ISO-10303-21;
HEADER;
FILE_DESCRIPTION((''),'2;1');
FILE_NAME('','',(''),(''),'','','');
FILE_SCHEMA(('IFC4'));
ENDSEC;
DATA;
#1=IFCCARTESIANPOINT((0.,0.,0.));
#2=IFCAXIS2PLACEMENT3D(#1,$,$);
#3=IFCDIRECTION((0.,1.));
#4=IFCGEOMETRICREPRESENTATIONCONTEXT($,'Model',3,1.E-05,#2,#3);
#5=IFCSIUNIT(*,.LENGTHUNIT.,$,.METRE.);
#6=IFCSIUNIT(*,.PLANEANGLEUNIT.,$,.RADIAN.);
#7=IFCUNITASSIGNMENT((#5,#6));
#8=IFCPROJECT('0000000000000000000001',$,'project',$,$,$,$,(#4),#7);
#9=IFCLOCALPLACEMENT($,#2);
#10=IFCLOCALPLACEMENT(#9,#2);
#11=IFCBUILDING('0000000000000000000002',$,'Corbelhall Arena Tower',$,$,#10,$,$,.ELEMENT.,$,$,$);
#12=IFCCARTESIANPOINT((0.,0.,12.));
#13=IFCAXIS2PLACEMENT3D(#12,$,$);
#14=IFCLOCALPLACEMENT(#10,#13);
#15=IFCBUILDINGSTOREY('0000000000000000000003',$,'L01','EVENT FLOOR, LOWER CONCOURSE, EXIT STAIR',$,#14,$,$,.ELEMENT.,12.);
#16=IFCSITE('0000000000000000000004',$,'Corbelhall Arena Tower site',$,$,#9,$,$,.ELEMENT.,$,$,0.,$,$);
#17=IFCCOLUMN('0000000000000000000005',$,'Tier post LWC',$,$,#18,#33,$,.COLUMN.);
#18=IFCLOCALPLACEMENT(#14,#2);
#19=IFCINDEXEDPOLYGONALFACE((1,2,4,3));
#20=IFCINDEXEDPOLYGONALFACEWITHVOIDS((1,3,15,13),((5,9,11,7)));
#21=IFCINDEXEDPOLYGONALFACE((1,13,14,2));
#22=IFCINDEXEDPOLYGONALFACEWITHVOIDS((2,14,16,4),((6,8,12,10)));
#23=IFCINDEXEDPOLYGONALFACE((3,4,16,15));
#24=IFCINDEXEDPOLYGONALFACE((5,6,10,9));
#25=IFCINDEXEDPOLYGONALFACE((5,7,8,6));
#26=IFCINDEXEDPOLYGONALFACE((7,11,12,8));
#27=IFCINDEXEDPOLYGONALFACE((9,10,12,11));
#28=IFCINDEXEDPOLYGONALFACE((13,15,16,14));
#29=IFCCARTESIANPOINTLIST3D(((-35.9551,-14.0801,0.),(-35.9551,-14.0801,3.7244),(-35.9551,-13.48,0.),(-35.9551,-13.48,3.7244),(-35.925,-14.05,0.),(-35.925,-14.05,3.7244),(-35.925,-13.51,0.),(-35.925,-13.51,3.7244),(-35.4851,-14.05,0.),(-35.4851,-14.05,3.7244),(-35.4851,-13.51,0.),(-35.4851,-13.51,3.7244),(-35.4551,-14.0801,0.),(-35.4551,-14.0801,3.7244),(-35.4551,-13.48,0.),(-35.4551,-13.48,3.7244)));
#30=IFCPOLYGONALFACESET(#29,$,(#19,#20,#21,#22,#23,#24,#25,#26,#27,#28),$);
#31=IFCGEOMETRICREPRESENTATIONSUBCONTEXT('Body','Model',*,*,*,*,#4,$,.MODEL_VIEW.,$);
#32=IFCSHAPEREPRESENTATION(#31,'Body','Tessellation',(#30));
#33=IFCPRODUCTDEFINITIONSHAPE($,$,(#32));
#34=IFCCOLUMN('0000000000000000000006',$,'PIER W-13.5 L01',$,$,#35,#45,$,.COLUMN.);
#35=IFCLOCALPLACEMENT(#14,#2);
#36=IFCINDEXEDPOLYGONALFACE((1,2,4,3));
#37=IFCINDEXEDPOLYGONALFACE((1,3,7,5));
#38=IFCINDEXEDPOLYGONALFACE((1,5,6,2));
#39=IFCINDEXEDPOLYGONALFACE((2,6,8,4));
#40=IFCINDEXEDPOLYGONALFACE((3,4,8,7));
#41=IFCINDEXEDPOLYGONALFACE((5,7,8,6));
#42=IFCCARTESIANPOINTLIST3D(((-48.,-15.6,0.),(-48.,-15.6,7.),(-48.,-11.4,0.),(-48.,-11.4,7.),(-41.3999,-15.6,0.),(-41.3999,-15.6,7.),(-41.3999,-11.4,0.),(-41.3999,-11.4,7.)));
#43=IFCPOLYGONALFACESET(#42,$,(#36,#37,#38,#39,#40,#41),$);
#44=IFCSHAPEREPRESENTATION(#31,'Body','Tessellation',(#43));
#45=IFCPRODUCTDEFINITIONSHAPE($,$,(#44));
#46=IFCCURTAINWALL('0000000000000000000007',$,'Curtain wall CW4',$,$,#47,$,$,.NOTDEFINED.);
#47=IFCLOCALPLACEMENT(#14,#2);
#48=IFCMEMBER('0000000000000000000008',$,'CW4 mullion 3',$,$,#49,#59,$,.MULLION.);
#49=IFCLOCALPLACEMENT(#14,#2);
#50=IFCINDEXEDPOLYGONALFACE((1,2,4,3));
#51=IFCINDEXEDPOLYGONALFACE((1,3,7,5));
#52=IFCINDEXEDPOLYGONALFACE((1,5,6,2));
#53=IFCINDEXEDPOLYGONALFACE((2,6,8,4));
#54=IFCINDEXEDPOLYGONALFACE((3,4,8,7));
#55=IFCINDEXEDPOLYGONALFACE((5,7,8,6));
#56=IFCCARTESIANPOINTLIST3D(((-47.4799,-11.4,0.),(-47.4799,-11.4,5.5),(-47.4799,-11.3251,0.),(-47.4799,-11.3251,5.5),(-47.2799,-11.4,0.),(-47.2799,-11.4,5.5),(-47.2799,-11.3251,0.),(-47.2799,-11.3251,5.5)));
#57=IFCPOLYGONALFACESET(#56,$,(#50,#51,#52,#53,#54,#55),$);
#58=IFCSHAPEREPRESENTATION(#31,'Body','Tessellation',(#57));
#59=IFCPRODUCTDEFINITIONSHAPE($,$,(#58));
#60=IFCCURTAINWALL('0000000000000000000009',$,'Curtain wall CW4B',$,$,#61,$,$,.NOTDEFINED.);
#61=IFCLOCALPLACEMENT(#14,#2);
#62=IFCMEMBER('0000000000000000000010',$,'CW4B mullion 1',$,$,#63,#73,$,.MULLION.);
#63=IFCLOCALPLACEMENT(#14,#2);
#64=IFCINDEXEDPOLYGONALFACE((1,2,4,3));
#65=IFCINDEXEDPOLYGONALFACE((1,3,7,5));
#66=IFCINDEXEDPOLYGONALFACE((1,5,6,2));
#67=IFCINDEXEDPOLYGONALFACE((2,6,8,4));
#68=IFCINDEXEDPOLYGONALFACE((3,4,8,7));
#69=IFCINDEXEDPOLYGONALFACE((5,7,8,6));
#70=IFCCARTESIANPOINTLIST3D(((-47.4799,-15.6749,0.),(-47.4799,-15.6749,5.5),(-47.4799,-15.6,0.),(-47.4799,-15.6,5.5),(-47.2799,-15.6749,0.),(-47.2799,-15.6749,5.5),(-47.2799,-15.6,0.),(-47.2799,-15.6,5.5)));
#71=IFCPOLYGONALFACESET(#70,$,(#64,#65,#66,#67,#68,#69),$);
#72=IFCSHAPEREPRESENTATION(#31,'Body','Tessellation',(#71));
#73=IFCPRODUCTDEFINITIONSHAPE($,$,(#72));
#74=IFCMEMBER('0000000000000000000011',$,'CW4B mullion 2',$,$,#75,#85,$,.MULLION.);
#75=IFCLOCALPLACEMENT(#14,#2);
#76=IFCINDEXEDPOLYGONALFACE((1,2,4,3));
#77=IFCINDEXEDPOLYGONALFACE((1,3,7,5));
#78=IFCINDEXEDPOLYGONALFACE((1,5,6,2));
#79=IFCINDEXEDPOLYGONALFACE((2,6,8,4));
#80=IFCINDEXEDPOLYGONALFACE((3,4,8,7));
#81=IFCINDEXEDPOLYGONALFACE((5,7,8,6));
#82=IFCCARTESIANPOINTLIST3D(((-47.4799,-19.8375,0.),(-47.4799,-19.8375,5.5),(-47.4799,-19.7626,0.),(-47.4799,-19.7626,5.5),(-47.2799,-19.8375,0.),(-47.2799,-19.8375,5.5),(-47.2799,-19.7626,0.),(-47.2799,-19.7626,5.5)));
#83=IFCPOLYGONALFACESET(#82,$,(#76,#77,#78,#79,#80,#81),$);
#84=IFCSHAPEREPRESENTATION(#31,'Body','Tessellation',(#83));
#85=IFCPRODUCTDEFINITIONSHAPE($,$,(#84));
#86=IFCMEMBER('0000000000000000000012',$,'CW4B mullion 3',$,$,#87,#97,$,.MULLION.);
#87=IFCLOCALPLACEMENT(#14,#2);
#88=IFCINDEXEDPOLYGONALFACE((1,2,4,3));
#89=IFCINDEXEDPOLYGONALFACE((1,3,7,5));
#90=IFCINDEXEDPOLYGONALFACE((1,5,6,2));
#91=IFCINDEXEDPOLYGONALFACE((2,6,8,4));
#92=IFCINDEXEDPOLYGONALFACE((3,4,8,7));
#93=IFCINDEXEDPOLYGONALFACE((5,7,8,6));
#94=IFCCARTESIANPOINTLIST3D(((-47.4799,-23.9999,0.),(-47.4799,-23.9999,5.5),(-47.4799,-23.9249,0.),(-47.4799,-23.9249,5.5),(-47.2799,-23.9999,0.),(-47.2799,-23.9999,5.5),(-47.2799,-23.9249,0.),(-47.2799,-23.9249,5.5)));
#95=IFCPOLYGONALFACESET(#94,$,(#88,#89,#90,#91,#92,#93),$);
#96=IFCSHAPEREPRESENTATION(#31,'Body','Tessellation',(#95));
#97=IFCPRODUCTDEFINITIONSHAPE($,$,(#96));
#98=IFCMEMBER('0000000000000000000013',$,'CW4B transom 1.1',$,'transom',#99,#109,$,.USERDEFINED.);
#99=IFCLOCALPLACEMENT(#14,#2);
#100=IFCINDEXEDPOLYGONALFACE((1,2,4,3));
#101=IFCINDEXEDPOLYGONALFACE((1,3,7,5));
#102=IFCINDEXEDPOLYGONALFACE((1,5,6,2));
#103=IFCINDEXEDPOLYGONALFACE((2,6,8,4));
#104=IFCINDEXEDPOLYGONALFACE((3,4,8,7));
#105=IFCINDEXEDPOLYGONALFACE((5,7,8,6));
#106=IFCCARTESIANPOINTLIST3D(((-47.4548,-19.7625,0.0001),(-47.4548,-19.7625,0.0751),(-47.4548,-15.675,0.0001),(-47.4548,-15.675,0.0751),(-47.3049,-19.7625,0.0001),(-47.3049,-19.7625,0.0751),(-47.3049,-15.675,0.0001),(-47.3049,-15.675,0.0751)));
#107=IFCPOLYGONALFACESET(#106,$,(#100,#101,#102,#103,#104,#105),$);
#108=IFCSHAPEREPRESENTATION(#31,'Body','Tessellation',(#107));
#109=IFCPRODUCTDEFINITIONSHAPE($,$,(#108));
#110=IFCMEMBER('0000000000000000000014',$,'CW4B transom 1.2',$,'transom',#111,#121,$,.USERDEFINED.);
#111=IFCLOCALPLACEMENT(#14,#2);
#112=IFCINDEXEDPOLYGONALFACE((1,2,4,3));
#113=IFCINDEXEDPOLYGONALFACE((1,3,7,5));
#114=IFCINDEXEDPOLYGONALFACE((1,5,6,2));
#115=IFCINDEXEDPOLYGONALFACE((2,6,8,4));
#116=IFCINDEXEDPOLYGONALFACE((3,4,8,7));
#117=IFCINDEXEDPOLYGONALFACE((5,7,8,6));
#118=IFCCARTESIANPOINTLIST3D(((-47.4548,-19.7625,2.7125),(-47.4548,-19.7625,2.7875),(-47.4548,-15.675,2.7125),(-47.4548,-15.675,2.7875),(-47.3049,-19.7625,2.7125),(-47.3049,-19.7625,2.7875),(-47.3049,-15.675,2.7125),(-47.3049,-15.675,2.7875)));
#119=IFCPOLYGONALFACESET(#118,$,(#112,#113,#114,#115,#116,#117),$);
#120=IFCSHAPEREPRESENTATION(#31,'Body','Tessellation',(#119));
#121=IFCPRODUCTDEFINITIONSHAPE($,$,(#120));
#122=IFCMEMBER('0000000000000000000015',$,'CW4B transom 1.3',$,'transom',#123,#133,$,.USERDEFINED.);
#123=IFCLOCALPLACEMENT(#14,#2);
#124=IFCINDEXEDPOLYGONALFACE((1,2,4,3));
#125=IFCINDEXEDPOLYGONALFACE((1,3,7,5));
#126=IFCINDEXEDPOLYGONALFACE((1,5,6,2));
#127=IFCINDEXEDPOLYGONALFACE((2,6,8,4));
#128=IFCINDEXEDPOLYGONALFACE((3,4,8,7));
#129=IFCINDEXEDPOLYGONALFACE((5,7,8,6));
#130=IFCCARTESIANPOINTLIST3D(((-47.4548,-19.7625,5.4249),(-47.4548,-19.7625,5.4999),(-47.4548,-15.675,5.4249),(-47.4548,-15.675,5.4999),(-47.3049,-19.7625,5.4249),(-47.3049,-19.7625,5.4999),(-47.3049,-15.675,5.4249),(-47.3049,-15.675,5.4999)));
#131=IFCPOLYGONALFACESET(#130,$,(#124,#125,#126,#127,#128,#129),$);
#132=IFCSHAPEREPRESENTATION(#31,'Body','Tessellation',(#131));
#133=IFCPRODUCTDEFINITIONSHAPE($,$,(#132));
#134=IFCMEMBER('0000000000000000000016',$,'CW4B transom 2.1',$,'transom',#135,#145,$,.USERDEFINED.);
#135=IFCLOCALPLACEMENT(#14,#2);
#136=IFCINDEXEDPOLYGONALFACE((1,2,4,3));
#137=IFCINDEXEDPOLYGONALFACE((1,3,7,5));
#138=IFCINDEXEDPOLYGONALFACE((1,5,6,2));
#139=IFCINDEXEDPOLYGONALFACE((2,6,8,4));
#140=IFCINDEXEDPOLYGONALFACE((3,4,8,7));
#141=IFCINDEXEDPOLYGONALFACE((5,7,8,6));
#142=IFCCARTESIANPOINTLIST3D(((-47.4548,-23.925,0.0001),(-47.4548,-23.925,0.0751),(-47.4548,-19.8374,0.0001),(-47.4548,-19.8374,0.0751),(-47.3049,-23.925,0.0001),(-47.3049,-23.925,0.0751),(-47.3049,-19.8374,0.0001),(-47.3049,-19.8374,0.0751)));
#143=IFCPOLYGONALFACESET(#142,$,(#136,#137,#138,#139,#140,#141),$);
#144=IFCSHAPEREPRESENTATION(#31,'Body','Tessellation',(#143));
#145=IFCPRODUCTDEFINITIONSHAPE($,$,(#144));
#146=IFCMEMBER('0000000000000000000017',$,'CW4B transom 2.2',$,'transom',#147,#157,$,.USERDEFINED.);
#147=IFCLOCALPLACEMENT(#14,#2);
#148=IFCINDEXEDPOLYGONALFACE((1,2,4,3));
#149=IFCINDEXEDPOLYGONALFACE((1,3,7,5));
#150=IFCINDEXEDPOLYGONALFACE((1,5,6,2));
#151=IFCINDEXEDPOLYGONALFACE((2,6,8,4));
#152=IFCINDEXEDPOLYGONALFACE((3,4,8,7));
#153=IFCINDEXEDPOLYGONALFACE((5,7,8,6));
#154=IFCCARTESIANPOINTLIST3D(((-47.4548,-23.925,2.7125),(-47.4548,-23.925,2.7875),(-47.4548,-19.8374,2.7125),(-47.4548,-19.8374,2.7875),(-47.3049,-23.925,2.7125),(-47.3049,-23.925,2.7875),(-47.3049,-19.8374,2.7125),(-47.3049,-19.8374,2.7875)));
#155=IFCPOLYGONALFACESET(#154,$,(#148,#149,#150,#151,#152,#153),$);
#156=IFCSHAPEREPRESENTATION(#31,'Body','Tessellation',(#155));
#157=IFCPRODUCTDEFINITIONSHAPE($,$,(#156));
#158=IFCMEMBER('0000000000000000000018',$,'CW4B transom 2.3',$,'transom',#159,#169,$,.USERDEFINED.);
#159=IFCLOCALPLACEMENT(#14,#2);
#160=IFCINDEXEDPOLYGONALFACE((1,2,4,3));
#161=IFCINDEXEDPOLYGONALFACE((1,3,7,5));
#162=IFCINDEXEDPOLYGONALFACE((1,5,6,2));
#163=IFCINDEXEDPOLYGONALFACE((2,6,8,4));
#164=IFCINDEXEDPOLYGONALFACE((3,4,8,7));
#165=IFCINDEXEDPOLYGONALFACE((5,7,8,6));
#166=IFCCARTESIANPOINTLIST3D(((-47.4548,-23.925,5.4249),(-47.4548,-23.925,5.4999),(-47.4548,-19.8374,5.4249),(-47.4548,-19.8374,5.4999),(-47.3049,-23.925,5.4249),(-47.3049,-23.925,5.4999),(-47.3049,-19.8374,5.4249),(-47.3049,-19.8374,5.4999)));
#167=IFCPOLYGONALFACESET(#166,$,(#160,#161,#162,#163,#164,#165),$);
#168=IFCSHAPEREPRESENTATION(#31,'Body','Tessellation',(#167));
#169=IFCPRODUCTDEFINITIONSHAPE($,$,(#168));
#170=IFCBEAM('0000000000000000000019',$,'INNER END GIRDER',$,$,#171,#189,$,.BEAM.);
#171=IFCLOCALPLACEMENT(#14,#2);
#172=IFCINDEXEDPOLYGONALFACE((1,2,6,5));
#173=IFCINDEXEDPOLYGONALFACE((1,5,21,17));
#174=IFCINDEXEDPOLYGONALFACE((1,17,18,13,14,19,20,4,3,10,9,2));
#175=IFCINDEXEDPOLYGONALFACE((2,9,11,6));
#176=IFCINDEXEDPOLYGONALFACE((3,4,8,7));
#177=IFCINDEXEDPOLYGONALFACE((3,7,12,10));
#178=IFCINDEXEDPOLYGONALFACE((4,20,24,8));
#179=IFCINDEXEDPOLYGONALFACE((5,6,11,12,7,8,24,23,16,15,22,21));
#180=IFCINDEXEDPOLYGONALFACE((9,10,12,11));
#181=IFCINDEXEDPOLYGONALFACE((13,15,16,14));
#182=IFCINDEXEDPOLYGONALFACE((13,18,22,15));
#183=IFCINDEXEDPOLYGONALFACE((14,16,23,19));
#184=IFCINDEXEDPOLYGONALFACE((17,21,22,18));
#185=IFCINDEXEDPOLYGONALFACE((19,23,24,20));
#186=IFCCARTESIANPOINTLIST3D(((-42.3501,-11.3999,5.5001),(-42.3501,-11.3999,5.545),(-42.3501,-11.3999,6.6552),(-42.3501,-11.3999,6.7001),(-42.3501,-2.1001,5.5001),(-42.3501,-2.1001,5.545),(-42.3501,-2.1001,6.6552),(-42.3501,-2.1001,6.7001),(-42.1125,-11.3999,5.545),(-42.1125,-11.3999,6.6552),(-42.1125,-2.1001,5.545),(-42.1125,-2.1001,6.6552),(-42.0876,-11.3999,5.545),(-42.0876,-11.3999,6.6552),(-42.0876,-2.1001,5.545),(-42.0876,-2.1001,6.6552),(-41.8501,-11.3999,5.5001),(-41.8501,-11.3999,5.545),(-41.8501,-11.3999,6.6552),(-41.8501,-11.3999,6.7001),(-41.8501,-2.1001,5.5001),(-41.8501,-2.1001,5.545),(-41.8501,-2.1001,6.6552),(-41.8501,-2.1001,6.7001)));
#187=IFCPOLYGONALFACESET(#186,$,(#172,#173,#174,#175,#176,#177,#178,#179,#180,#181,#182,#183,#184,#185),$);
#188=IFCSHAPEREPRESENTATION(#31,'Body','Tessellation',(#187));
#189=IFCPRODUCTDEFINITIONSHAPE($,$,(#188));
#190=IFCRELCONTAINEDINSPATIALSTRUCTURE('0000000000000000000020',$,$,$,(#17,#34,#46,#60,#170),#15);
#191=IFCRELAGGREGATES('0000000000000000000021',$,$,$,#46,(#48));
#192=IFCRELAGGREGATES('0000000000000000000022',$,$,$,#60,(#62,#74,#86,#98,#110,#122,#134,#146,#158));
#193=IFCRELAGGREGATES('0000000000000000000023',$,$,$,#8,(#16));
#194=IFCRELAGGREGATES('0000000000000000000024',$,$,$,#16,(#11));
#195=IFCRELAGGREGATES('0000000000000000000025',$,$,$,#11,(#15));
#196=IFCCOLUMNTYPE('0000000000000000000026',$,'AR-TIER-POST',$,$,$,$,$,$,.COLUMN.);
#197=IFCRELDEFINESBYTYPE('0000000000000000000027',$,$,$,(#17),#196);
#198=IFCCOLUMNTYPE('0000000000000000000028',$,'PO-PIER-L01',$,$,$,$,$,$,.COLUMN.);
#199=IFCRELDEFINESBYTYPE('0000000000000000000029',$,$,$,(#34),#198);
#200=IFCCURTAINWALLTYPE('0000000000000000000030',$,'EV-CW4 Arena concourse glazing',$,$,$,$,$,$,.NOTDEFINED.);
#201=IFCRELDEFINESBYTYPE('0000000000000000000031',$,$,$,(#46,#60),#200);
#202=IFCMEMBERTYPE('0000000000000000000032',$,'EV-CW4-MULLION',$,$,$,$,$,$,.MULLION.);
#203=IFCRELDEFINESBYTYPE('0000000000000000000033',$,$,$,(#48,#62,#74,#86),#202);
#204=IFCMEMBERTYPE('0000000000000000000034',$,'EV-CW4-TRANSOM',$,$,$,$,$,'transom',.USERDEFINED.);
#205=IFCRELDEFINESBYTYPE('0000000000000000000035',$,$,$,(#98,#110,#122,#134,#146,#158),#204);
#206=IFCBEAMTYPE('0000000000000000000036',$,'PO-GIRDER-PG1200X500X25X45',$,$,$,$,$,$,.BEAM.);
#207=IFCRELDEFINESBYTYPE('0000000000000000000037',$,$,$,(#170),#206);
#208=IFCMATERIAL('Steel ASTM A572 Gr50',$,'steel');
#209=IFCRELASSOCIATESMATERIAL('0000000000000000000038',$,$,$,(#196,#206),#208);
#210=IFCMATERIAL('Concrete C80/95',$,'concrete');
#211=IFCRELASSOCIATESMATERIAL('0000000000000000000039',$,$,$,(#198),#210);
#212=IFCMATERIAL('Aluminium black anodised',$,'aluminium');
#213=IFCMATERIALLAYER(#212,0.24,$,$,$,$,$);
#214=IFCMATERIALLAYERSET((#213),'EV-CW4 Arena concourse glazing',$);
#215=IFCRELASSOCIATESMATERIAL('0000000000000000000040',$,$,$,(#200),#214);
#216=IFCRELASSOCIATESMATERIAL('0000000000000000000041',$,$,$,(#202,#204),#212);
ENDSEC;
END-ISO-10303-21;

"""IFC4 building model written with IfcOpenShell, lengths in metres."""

from ifc_helpers import new_model, si_unit, direction, frame, origin, origin_2d, place, context, subcontext, project, spatial, rectangle, hollow_rectangle, i_section, extrude, material, layer, layer_set, material_profile, profile_set, type_object, element, aggregate, save


model = new_model("IFC4")

# Units and contexts
model_context = context("Model", 3, precision=1e-05, world=origin(), true_north=direction((0.0, 1.0)))
body_context = subcontext(model_context, "Body", "Model", "MODEL_VIEW")
ifc_project = project(units=[si_unit("LENGTHUNIT", "METRE"), si_unit("PLANEANGLEUNIT", "RADIAN")], contexts=[model_context])

# Site, building, storey
site_placement = place(None, origin())
site = spatial("IfcSite", under=ifc_project, at=site_placement, Name="Corbelhall Arena Tower site", CompositionType="ELEMENT", RefElevation=0.0)
building_placement = place(site_placement, origin())
building = spatial("IfcBuilding", under=site, at=building_placement, Name="Corbelhall Arena Tower", CompositionType="ELEMENT")
storey_placement = place(building_placement, frame((0.0, 0.0, 12.0)))
storey = spatial("IfcBuildingStorey", under=building, at=storey_placement, Name="L01", Description="EVENT FLOOR, LOWER CONCOURSE, EXIT STAIR", CompositionType="ELEMENT", Elevation=12.0)

# Columns
ifc_material_1 = material(Name="Steel ASTM A572 Gr50", Category="steel")
ifc_material_profile_1 = material_profile(ifc_material_1, hollow_rectangle(XDim=0.5, YDim=0.6001, WallThickness=0.03, at=origin_2d()))
ifc_profile_set_1 = profile_set([ifc_material_profile_1], Name="Steel ASTM A572 Gr50")
column_type_1 = type_object("IfcColumnType", Name="AR-TIER-POST", PredefinedType="COLUMN", material=ifc_profile_set_1)
column_1_placement = place(storey_placement, frame((-35.7051, -13.78, 0.0), z_axis=(0.0, 0.0, 1.0), x_axis=(1.0, 0.0, 0.0)))
element("IfcColumn", 1, at=column_1_placement, inside=storey, type_object=column_type_1, Name="Tier post LWC", PredefinedType="COLUMN", context=body_context, shape_type="SweptSolid", body=[
    extrude(hollow_rectangle(XDim=0.5, YDim=0.6001, WallThickness=0.03, at=origin_2d()), origin(), (0.0, 0.0, 1.0), 3.7244),
])
ifc_material_2 = material(Name="Concrete C80/95", Category="concrete")
ifc_material_profile_2 = material_profile(ifc_material_2, rectangle(XDim=4.2, YDim=6.6001, at=origin_2d()))
ifc_profile_set_2 = profile_set([ifc_material_profile_2], Name="Concrete C80/95")
column_type_2 = type_object("IfcColumnType", Name="PO-PIER-L01", PredefinedType="COLUMN", material=ifc_profile_set_2)
column_2_placement = place(storey_placement, frame((-44.7, -13.5, 0.0), z_axis=(0.0, 0.0, 1.0), x_axis=(0.0, 1.0, 0.0)))
element("IfcColumn", 2, at=column_2_placement, inside=storey, type_object=column_type_2, Name="PIER W-13.5 L01", PredefinedType="COLUMN", context=body_context, shape_type="SweptSolid", body=[
    extrude(rectangle(XDim=4.2, YDim=6.6001, at=origin_2d()), origin(), (0.0, 0.0, 1.0), 7.0),
])

# Curtain wall, member
ifc_material_3 = material(Name="Aluminium black anodised", Category="aluminium")
ifc_layer_1 = layer(ifc_material_3, 0.24)
ifc_layer_set_1 = layer_set([ifc_layer_1], Name="EV-CW4 Arena concourse glazing")
curtain_wall_type = type_object("IfcCurtainWallType", Name="EV-CW4 Arena concourse glazing", PredefinedType="NOTDEFINED", material=ifc_layer_set_1)
curtain_wall_1_placement = place(storey_placement, origin())
curtain_wall_1 = element("IfcCurtainWall", 3, at=curtain_wall_1_placement, inside=storey, type_object=curtain_wall_type, Name="Curtain wall CW4", PredefinedType="NOTDEFINED")
ifc_material_profile_3 = material_profile(ifc_material_3, rectangle(XDim=0.2, YDim=0.075, at=origin_2d()))
ifc_profile_set_3 = profile_set([ifc_material_profile_3], Name="Aluminium black anodised")
member_type_1 = type_object("IfcMemberType", Name="EV-CW4-MULLION", PredefinedType="MULLION", material=ifc_profile_set_3)
member_1_placement = place(storey_placement, frame((-47.3799, -11.3625, 0.0), z_axis=(0.0, 0.0, 1.0), x_axis=(1.0, 0.0, 0.0)))
member_1 = element("IfcMember", 4, at=member_1_placement, type_object=member_type_1, Name="CW4 mullion 3", PredefinedType="MULLION", context=body_context, shape_type="SweptSolid", body=[
    extrude(rectangle(XDim=0.2, YDim=0.075, at=origin_2d()), origin(), (0.0, 0.0, 1.0), 5.5),
])
aggregate(curtain_wall_1, [member_1])

# Curtain wall, members
curtain_wall_2_placement = place(storey_placement, origin())
curtain_wall_2 = element("IfcCurtainWall", 5, at=curtain_wall_2_placement, inside=storey, type_object=curtain_wall_type, Name="Curtain wall CW4B", PredefinedType="NOTDEFINED")
member_2_placement = place(storey_placement, frame((-47.3799, -15.6375, 0.0), z_axis=(0.0, 0.0, 1.0), x_axis=(1.0, 0.0, 0.0)))
member_2 = element("IfcMember", 6, at=member_2_placement, type_object=member_type_1, Name="CW4B mullion 1", PredefinedType="MULLION", context=body_context, shape_type="SweptSolid", body=[
    extrude(rectangle(XDim=0.2, YDim=0.075, at=origin_2d()), origin(), (0.0, 0.0, 1.0), 5.5),
])
member_3_placement = place(storey_placement, frame((-47.3799, -19.8, 0.0), z_axis=(0.0, 0.0, 1.0), x_axis=(1.0, 0.0, 0.0)))
member_3 = element("IfcMember", 7, at=member_3_placement, type_object=member_type_1, Name="CW4B mullion 2", PredefinedType="MULLION", context=body_context, shape_type="SweptSolid", body=[
    extrude(rectangle(XDim=0.2, YDim=0.075, at=origin_2d()), origin(), (0.0, 0.0, 1.0), 5.5),
])
member_4_placement = place(storey_placement, frame((-47.3799, -23.9624, 0.0), z_axis=(0.0, 0.0, 1.0), x_axis=(1.0, 0.0, 0.0)))
member_4 = element("IfcMember", 8, at=member_4_placement, type_object=member_type_1, Name="CW4B mullion 3", PredefinedType="MULLION", context=body_context, shape_type="SweptSolid", body=[
    extrude(rectangle(XDim=0.2, YDim=0.075, at=origin_2d()), origin(), (0.0, 0.0, 1.0), 5.5),
])
ifc_material_profile_4 = material_profile(ifc_material_3, rectangle(XDim=0.1499, YDim=0.075, at=origin_2d()))
ifc_profile_set_4 = profile_set([ifc_material_profile_4], Name="Aluminium black anodised")
member_type_2 = type_object("IfcMemberType", Name="EV-CW4-TRANSOM", ElementType="transom", PredefinedType="USERDEFINED", material=ifc_profile_set_4)
member_5_placement = place(storey_placement, frame((-47.3799, -15.675, 0.0376), z_axis=(0.0, -1.0, 0.0), x_axis=(1.0, 0.0, 0.0)))
member_5 = element("IfcMember", 9, at=member_5_placement, type_object=member_type_2, Name="CW4B transom 1.1", ObjectType="transom", PredefinedType="USERDEFINED", context=body_context, shape_type="SweptSolid", body=[
    extrude(rectangle(XDim=0.1499, YDim=0.075, at=origin_2d()), origin(), (0.0, 0.0, 1.0), 4.0874),
])
member_6_placement = place(storey_placement, frame((-47.3799, -15.675, 2.75), z_axis=(0.0, -1.0, 0.0), x_axis=(1.0, 0.0, 0.0)))
member_6 = element("IfcMember", 10, at=member_6_placement, type_object=member_type_2, Name="CW4B transom 1.2", ObjectType="transom", PredefinedType="USERDEFINED", context=body_context, shape_type="SweptSolid", body=[
    extrude(rectangle(XDim=0.1499, YDim=0.075, at=origin_2d()), origin(), (0.0, 0.0, 1.0), 4.0874),
])
member_7_placement = place(storey_placement, frame((-47.3799, -15.675, 5.4624), z_axis=(0.0, -1.0, 0.0), x_axis=(1.0, 0.0, 0.0)))
member_7 = element("IfcMember", 11, at=member_7_placement, type_object=member_type_2, Name="CW4B transom 1.3", ObjectType="transom", PredefinedType="USERDEFINED", context=body_context, shape_type="SweptSolid", body=[
    extrude(rectangle(XDim=0.1499, YDim=0.075, at=origin_2d()), origin(), (0.0, 0.0, 1.0), 4.0874),
])
member_8_placement = place(storey_placement, frame((-47.3799, -19.8374, 0.0376), z_axis=(0.0, -1.0, 0.0), x_axis=(1.0, 0.0, 0.0)))
member_8 = element("IfcMember", 12, at=member_8_placement, type_object=member_type_2, Name="CW4B transom 2.1", ObjectType="transom", PredefinedType="USERDEFINED", context=body_context, shape_type="SweptSolid", body=[
    extrude(rectangle(XDim=0.1499, YDim=0.075, at=origin_2d()), origin(), (0.0, 0.0, 1.0), 4.0876),
])
member_9_placement = place(storey_placement, frame((-47.3799, -19.8374, 2.75), z_axis=(0.0, -1.0, 0.0), x_axis=(1.0, 0.0, 0.0)))
member_9 = element("IfcMember", 13, at=member_9_placement, type_object=member_type_2, Name="CW4B transom 2.2", ObjectType="transom", PredefinedType="USERDEFINED", context=body_context, shape_type="SweptSolid", body=[
    extrude(rectangle(XDim=0.1499, YDim=0.075, at=origin_2d()), origin(), (0.0, 0.0, 1.0), 4.0876),
])
member_10_placement = place(storey_placement, frame((-47.3799, -19.8374, 5.4624), z_axis=(0.0, -1.0, 0.0), x_axis=(1.0, 0.0, 0.0)))
member_10 = element("IfcMember", 14, at=member_10_placement, type_object=member_type_2, Name="CW4B transom 2.3", ObjectType="transom", PredefinedType="USERDEFINED", context=body_context, shape_type="SweptSolid", body=[
    extrude(rectangle(XDim=0.1499, YDim=0.075, at=origin_2d()), origin(), (0.0, 0.0, 1.0), 4.0876),
])

# Beam
ifc_material_profile_5 = material_profile(ifc_material_1, i_section(OverallWidth=0.5, OverallDepth=1.2, WebThickness=0.0249, FlangeThickness=0.0449, at=origin_2d()))
ifc_profile_set_5 = profile_set([ifc_material_profile_5], Name="Steel ASTM A572 Gr50")
beam_type_1 = type_object("IfcBeamType", Name="PO-GIRDER-PG1200X500X25X45", PredefinedType="BEAM", material=ifc_profile_set_5)
beam_1_placement = place(storey_placement, frame((-42.1001, -11.3999, 6.1001), z_axis=(0.0, 1.0, 0.0), x_axis=(-1.0, 0.0, 0.0)))
element("IfcBeam", 15, at=beam_1_placement, inside=storey, type_object=beam_type_1, Name="INNER END GIRDER", PredefinedType="BEAM", context=body_context, shape_type="SweptSolid", body=[
    extrude(i_section(OverallWidth=0.5, OverallDepth=1.2, WebThickness=0.0249, FlangeThickness=0.0449, at=origin_2d()), origin(), (0.0, 0.0, 1.0), 9.2998),
])

aggregate(curtain_wall_2, [member_2, member_3, member_4, member_5, member_6, member_7, member_8, member_9, member_10])

save(model, "model.ifc")
